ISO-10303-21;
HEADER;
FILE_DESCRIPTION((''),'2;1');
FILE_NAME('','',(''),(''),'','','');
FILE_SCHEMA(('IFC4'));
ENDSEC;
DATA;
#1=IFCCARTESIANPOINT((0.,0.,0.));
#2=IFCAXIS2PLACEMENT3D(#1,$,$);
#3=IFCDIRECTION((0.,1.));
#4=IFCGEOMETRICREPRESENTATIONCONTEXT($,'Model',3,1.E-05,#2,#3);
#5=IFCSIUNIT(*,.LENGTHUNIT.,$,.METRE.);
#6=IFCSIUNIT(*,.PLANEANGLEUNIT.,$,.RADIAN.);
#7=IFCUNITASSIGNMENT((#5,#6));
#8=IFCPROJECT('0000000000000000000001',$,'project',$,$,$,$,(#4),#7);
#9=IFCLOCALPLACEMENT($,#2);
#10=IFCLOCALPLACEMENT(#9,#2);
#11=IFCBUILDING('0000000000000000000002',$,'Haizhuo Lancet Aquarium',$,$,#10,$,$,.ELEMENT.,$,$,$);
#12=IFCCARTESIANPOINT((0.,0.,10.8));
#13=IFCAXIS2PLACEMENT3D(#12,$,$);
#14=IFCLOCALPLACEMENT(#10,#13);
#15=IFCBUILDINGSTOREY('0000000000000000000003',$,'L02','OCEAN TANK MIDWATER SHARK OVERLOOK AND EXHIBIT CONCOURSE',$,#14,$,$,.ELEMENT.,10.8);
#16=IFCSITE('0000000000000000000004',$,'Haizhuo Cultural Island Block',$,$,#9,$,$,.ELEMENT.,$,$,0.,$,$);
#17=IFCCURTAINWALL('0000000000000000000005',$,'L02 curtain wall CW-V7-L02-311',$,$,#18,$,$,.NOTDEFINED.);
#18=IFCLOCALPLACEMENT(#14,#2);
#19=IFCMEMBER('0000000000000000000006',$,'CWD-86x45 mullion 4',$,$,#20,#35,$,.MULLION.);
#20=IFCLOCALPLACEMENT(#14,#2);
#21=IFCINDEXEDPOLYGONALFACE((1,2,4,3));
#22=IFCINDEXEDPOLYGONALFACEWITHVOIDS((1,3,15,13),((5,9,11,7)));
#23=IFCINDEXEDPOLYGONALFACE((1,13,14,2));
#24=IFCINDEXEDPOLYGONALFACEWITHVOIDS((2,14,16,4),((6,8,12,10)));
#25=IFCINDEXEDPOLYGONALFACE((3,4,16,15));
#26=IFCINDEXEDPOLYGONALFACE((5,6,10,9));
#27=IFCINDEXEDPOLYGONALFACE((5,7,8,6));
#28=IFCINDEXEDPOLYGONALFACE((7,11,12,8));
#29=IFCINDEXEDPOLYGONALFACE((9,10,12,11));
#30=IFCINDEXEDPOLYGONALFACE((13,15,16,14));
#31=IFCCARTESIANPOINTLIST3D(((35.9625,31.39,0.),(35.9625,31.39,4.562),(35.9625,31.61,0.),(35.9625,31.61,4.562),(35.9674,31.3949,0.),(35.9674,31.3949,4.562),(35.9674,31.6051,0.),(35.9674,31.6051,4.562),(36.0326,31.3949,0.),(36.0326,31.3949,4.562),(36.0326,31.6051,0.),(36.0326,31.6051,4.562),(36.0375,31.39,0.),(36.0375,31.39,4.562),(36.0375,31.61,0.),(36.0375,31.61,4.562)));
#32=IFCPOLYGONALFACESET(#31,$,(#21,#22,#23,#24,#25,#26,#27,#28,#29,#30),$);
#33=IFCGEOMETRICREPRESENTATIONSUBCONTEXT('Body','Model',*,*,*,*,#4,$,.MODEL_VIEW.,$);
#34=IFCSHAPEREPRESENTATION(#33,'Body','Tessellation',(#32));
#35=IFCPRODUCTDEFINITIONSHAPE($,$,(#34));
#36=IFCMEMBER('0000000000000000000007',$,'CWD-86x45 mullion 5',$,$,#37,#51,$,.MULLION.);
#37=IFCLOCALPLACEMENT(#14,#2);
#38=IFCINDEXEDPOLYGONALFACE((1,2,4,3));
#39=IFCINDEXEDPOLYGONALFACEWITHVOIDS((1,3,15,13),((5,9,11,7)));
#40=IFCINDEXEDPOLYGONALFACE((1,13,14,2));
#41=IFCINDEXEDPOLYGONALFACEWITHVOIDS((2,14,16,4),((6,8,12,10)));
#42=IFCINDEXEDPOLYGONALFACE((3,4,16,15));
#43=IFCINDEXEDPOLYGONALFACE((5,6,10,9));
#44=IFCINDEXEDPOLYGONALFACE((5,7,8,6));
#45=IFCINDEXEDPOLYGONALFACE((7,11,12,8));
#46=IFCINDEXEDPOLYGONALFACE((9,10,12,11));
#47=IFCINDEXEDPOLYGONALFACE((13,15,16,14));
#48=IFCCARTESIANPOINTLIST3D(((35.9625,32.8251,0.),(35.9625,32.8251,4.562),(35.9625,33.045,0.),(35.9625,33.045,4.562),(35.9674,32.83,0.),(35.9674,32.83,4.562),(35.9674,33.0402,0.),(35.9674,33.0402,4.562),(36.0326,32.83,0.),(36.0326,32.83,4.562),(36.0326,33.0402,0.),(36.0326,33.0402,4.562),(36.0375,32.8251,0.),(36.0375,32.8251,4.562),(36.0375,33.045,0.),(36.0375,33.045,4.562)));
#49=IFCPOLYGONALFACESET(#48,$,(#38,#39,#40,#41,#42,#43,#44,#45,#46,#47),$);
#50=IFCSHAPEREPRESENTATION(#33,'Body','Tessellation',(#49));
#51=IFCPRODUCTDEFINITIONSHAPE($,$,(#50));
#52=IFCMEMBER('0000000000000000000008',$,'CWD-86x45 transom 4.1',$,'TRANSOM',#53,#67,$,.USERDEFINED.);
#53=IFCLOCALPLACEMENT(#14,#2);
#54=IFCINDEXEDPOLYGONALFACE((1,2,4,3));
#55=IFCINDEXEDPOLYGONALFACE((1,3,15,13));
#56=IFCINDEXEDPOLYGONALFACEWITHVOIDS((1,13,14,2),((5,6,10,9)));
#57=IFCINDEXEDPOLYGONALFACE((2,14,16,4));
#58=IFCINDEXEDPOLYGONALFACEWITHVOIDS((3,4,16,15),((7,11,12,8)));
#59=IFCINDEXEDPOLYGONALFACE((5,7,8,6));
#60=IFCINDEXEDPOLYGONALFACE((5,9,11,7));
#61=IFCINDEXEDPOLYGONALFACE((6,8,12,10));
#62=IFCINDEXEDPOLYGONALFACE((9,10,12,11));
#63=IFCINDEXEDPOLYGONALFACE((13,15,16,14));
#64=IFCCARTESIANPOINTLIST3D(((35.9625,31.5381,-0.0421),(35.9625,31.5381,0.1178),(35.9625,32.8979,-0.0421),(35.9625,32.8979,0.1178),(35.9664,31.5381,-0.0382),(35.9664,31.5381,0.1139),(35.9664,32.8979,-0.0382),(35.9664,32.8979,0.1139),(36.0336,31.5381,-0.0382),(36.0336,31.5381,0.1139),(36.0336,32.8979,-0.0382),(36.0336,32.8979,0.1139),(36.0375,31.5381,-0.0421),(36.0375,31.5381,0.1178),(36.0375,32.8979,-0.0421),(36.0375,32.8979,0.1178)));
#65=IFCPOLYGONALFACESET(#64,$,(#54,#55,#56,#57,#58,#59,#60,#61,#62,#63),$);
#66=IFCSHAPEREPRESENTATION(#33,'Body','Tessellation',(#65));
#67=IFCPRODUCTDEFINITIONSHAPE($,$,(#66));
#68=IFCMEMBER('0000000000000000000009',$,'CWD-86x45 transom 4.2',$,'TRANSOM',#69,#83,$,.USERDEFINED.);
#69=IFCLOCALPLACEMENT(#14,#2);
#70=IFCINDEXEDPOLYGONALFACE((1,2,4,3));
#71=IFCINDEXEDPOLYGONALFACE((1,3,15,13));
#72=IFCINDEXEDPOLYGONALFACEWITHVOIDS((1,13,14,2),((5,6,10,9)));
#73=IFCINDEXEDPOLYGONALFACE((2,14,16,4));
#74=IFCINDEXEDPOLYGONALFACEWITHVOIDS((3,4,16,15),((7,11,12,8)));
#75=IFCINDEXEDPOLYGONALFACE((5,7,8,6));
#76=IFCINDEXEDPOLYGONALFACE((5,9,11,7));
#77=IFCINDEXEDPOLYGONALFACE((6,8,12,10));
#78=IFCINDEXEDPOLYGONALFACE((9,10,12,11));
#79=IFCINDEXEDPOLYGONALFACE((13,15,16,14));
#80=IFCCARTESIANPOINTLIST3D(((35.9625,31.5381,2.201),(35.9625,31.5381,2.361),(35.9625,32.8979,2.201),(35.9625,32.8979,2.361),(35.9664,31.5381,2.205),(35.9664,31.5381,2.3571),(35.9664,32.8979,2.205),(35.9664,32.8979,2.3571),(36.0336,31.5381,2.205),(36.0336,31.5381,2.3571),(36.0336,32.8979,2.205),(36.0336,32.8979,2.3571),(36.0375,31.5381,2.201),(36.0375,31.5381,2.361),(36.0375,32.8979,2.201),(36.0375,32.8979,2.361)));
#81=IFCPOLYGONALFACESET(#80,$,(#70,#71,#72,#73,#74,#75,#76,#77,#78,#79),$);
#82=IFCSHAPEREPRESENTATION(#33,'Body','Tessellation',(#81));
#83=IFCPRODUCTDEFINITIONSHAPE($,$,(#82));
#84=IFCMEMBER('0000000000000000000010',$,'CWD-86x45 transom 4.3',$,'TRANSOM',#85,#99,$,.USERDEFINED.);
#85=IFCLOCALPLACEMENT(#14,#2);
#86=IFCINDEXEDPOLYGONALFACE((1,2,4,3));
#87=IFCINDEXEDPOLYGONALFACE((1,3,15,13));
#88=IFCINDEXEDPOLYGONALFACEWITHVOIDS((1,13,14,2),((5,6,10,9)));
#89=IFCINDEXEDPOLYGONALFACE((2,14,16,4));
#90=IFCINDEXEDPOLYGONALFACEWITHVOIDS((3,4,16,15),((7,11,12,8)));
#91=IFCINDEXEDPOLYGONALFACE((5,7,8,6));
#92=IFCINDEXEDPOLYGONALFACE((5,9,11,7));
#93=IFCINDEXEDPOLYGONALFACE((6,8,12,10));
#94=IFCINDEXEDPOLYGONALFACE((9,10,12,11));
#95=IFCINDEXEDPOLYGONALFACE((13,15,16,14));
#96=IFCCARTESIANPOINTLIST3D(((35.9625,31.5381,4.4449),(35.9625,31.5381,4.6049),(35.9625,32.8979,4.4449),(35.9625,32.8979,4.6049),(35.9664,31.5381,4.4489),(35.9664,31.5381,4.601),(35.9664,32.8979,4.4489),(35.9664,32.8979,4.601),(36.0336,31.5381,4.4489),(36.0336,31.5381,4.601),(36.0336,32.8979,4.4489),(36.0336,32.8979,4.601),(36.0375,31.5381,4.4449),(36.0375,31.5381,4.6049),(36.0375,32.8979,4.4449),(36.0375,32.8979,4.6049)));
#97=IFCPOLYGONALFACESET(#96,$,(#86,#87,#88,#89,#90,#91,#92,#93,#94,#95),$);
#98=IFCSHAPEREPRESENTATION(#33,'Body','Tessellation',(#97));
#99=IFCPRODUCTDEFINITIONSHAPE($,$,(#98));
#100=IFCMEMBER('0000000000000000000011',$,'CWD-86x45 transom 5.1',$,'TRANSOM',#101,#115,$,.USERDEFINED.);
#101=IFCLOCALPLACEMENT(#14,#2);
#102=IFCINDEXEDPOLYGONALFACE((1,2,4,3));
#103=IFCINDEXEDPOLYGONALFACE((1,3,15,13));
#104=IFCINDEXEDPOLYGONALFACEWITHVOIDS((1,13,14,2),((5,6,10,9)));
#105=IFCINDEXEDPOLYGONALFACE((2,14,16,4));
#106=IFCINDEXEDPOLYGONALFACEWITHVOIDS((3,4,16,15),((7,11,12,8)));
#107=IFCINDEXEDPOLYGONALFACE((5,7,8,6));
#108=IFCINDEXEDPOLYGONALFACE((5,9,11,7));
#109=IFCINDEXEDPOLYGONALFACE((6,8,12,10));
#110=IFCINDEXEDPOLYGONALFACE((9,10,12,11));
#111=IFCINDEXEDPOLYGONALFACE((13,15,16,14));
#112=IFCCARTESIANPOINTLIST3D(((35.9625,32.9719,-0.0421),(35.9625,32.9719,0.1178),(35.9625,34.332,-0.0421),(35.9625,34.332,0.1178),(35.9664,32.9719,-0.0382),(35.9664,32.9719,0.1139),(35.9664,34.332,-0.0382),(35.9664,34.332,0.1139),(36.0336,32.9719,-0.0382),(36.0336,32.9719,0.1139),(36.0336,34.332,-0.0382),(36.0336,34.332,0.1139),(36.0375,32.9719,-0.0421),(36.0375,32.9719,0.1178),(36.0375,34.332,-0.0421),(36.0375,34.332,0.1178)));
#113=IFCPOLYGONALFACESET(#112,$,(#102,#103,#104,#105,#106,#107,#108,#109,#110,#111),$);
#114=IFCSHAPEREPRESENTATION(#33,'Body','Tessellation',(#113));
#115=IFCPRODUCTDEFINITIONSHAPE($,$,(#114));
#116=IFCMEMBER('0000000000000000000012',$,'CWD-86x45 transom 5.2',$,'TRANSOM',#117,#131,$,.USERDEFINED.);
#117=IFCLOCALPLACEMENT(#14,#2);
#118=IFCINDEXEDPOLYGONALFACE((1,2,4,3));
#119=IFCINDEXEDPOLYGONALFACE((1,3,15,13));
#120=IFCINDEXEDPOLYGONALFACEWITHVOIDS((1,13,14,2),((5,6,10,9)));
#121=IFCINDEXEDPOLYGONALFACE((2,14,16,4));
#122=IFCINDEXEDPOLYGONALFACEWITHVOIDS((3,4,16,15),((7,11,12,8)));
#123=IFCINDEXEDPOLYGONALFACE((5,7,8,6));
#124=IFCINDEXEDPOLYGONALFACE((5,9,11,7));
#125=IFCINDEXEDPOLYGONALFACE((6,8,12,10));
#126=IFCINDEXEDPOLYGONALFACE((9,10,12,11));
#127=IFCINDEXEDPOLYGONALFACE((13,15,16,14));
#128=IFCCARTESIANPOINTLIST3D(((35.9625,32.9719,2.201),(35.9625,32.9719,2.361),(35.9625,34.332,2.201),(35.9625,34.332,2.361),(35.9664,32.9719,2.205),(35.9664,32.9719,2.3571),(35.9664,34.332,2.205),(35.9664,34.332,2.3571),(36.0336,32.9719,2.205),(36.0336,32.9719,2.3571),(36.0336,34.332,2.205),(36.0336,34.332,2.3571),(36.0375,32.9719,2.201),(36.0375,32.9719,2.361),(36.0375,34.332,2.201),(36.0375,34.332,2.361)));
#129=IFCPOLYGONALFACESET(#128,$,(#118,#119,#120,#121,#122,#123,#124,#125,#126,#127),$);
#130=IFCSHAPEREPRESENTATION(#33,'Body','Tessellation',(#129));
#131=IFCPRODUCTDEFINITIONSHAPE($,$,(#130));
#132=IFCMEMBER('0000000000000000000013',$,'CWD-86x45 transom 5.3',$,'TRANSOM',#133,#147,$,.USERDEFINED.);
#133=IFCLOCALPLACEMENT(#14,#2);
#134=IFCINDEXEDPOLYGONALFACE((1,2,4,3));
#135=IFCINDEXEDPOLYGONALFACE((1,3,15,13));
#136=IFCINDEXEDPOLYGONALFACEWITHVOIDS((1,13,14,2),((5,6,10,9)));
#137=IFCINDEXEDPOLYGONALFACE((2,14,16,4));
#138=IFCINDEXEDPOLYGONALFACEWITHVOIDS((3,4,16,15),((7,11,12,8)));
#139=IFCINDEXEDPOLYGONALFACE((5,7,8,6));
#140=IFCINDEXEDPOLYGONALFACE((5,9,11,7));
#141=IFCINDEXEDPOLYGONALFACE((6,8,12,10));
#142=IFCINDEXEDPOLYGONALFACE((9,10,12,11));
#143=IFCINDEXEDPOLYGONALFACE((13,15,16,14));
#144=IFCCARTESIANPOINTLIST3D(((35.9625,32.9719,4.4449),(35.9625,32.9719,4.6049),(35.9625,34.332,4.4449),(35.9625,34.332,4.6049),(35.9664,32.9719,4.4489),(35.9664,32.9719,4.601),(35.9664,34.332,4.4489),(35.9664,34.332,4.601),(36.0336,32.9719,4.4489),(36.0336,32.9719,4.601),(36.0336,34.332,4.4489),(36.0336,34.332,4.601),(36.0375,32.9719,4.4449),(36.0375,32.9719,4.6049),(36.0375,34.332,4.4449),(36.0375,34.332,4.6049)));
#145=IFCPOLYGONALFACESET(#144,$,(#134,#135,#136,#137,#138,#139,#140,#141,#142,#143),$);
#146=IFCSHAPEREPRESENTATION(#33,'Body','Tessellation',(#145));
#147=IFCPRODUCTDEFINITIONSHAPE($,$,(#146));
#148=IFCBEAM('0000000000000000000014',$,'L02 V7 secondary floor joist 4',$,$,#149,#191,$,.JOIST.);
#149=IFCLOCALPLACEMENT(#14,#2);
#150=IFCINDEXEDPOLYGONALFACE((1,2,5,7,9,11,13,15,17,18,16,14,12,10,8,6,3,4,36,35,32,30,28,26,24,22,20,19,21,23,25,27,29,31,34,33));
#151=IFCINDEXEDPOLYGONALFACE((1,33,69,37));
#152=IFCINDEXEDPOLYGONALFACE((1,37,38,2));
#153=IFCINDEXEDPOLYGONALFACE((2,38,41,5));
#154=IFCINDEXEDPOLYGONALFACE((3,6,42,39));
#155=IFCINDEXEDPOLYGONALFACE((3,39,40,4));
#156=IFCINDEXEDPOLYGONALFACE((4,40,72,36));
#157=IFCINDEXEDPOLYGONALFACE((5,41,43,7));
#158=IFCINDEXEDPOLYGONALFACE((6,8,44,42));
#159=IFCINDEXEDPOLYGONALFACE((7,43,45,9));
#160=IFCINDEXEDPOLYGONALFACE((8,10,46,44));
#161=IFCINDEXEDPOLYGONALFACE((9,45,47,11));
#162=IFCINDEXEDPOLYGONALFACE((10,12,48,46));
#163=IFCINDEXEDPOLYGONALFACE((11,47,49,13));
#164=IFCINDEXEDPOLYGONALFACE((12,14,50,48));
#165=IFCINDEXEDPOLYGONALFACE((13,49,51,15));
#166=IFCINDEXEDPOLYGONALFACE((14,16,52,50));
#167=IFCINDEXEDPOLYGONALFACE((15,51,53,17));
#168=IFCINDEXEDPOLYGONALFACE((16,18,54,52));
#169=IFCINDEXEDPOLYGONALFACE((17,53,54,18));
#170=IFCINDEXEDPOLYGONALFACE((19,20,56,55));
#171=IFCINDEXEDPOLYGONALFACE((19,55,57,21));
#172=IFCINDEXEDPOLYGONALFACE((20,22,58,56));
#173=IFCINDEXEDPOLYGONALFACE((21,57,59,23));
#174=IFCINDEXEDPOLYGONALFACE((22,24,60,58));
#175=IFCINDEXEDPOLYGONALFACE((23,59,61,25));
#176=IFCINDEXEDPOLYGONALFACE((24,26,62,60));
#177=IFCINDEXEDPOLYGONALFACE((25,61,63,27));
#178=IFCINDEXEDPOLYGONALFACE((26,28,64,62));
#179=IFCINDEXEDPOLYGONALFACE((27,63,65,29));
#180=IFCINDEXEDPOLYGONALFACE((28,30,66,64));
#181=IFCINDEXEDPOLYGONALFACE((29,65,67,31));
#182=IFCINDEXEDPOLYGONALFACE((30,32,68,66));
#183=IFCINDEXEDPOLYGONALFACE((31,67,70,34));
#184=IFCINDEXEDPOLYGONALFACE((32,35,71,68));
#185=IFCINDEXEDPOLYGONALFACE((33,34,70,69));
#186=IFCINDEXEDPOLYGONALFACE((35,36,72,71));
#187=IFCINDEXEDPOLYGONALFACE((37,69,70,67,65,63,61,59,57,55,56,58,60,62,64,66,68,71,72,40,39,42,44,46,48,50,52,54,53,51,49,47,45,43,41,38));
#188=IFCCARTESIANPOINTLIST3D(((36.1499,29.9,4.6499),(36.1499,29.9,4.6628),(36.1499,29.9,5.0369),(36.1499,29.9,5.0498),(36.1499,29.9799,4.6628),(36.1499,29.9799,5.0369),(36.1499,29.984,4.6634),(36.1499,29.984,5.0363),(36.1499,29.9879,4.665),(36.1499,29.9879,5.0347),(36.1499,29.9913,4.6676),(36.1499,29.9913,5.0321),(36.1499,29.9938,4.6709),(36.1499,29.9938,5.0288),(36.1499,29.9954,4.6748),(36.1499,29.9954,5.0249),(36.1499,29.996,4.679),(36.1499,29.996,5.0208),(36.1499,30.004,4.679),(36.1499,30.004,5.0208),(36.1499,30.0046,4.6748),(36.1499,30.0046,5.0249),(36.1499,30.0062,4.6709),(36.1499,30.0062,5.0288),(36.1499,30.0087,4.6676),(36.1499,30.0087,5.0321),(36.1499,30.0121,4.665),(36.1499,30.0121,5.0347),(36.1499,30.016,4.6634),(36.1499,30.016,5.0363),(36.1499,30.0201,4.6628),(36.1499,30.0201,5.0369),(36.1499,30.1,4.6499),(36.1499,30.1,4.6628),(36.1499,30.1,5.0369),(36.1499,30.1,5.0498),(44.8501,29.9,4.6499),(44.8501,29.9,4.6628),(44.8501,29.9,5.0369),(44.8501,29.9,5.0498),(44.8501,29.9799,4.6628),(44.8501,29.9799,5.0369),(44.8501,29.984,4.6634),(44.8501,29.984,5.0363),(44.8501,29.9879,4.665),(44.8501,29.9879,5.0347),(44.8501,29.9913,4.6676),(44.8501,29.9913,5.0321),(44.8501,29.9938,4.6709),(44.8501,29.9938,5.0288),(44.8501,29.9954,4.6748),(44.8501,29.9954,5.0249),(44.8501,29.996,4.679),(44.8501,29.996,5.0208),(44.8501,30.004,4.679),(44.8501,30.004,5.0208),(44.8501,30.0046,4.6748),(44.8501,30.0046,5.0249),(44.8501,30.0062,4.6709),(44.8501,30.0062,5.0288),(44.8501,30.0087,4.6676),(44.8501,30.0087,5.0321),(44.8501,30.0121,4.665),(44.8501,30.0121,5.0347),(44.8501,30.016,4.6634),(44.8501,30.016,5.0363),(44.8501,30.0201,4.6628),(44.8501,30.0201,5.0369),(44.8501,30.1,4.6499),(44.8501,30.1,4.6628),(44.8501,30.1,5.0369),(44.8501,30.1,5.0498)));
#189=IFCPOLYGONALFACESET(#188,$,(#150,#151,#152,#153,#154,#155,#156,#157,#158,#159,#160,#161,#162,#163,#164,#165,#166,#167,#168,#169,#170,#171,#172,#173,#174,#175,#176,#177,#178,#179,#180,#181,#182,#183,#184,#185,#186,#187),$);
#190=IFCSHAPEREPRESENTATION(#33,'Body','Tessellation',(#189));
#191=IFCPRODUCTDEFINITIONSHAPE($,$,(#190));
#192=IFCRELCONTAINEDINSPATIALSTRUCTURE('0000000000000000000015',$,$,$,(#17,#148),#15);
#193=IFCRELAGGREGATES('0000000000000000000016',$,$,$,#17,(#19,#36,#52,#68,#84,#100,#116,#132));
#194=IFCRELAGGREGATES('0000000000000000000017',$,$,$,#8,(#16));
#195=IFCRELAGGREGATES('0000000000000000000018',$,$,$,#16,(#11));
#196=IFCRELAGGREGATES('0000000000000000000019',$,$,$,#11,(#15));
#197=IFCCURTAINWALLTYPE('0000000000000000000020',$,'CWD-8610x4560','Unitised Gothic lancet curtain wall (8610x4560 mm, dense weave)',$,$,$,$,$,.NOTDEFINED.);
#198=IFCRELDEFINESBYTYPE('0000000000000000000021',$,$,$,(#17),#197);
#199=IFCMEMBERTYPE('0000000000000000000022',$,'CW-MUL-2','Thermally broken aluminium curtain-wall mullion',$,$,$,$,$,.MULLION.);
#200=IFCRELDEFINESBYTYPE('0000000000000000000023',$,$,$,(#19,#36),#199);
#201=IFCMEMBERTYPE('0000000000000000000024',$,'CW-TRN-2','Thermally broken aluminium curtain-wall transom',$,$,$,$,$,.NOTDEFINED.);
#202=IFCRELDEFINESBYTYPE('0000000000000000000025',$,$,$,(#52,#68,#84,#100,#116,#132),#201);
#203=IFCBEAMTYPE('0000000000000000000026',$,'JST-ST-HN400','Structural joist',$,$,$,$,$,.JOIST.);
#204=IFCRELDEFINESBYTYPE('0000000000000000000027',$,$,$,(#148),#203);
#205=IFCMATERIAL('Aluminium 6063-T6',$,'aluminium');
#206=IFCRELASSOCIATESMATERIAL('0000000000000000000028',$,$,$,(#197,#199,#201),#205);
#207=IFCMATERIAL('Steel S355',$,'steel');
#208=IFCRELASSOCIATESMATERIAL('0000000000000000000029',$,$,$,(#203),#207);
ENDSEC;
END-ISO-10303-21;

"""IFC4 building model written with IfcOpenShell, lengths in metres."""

from ifc_helpers import new_model, si_unit, direction, frame, origin, origin_2d, place, context, subcontext, project, spatial, hollow_rectangle, i_section, extrude, material, material_profile, profile_set, type_object, element, aggregate, save


model = new_model("IFC4")

# Units and contexts
model_context = context("Model", 3, precision=1e-05, world=origin(), true_north=direction((0.0, 1.0)))
body_context = subcontext(model_context, "Body", "Model", "MODEL_VIEW")
ifc_project = project(units=[si_unit("LENGTHUNIT", "METRE"), si_unit("PLANEANGLEUNIT", "RADIAN")], contexts=[model_context])

# Site, building, storey
site_placement = place(None, origin())
site = spatial("IfcSite", under=ifc_project, at=site_placement, Name="Haizhuo Cultural Island Block", CompositionType="ELEMENT", RefElevation=0.0)
building_placement = place(site_placement, origin())
building = spatial("IfcBuilding", under=site, at=building_placement, Name="Haizhuo Lancet Aquarium", CompositionType="ELEMENT")
storey_placement = place(building_placement, frame((0.0, 0.0, 10.8)))
storey = spatial("IfcBuildingStorey", under=building, at=storey_placement, Name="L02", Description="OCEAN TANK MIDWATER SHARK OVERLOOK AND EXHIBIT CONCOURSE", CompositionType="ELEMENT", Elevation=10.8)

# Curtain wall, members
ifc_material_1 = material(Name="Aluminium 6063-T6", Category="aluminium")
curtain_wall_type = type_object("IfcCurtainWallType", Name="CWD-8610x4560", Description="Unitised Gothic lancet curtain wall (8610x4560 mm, dense weave)", PredefinedType="NOTDEFINED", material=ifc_material_1)
curtain_wall_placement = place(storey_placement, origin())
curtain_wall = element("IfcCurtainWall", 1, at=curtain_wall_placement, inside=storey, type_object=curtain_wall_type, Name="L02 curtain wall CW-V7-L02-311", PredefinedType="NOTDEFINED")
ifc_material_profile_1 = material_profile(ifc_material_1, hollow_rectangle(XDim=0.075, YDim=0.22, WallThickness=0.0049, at=origin_2d()), Name="ALU-M 75x220x5")
ifc_profile_set_1 = profile_set([ifc_material_profile_1], Name="Aluminium 6063-T6")
member_type_1 = type_object("IfcMemberType", Name="CW-MUL-2", Description="Thermally broken aluminium curtain-wall mullion", PredefinedType="MULLION", material=ifc_profile_set_1)
member_1_placement = place(storey_placement, frame((36.0, 31.5, 0.0), z_axis=(0.0, 0.0, 1.0), x_axis=(-1.0, 0.0, 0.0)))
member_1 = element("IfcMember", 2, at=member_1_placement, type_object=member_type_1, Name="CWD-86x45 mullion 4", PredefinedType="MULLION", context=body_context, shape_type="SweptSolid", body=[
    extrude(hollow_rectangle(XDim=0.075, YDim=0.22, WallThickness=0.0049, at=origin_2d()), origin(), (0.0, 0.0, 1.0), 4.562),
])
member_2_placement = place(storey_placement, frame((36.0, 32.9351, 0.0), z_axis=(0.0, 0.0, 1.0), x_axis=(-1.0, 0.0, 0.0)))
member_2 = element("IfcMember", 3, at=member_2_placement, type_object=member_type_1, Name="CWD-86x45 mullion 5", PredefinedType="MULLION", context=body_context, shape_type="SweptSolid", body=[
    extrude(hollow_rectangle(XDim=0.075, YDim=0.22, WallThickness=0.0049, at=origin_2d()), origin(), (0.0, 0.0, 1.0), 4.562),
])
ifc_material_profile_2 = material_profile(ifc_material_1, hollow_rectangle(XDim=0.075, YDim=0.1599, WallThickness=0.0039, at=origin_2d()), Name="ALU-T 75x160x4")
ifc_profile_set_2 = profile_set([ifc_material_profile_2], Name="Aluminium 6063-T6")
member_type_2 = type_object("IfcMemberType", Name="CW-TRN-2", Description="Thermally broken aluminium curtain-wall transom", PredefinedType="NOTDEFINED", material=ifc_profile_set_2)
member_3_placement = place(storey_placement, frame((36.0, 31.5381, 0.0378), z_axis=(0.0, 1.0, 0.0), x_axis=(-1.0, 0.0, 0.0)))
member_3 = element("IfcMember", 4, at=member_3_placement, type_object=member_type_2, Name="CWD-86x45 transom 4.1", ObjectType="TRANSOM", PredefinedType="USERDEFINED", context=body_context, shape_type="SweptSolid", body=[
    extrude(hollow_rectangle(XDim=0.075, YDim=0.1599, WallThickness=0.0039, at=origin_2d()), origin(), (0.0, 0.0, 1.0), 1.3599),
])
member_4_placement = place(storey_placement, frame((36.0, 31.5381, 2.281), z_axis=(0.0, 1.0, 0.0), x_axis=(-1.0, 0.0, 0.0)))
member_4 = element("IfcMember", 5, at=member_4_placement, type_object=member_type_2, Name="CWD-86x45 transom 4.2", ObjectType="TRANSOM", PredefinedType="USERDEFINED", context=body_context, shape_type="SweptSolid", body=[
    extrude(hollow_rectangle(XDim=0.075, YDim=0.1599, WallThickness=0.0039, at=origin_2d()), origin(), (0.0, 0.0, 1.0), 1.3599),
])
member_5_placement = place(storey_placement, frame((36.0, 31.5381, 4.5249), z_axis=(0.0, 1.0, 0.0), x_axis=(-1.0, 0.0, 0.0)))
member_5 = element("IfcMember", 6, at=member_5_placement, type_object=member_type_2, Name="CWD-86x45 transom 4.3", ObjectType="TRANSOM", PredefinedType="USERDEFINED", context=body_context, shape_type="SweptSolid", body=[
    extrude(hollow_rectangle(XDim=0.075, YDim=0.1599, WallThickness=0.0039, at=origin_2d()), origin(), (0.0, 0.0, 1.0), 1.3599),
])
member_6_placement = place(storey_placement, frame((36.0, 32.9719, 0.0378), z_axis=(0.0, 1.0, 0.0), x_axis=(-1.0, 0.0, 0.0)))
member_6 = element("IfcMember", 7, at=member_6_placement, type_object=member_type_2, Name="CWD-86x45 transom 5.1", ObjectType="TRANSOM", PredefinedType="USERDEFINED", context=body_context, shape_type="SweptSolid", body=[
    extrude(hollow_rectangle(XDim=0.075, YDim=0.1599, WallThickness=0.0039, at=origin_2d()), origin(), (0.0, 0.0, 1.0), 1.3601),
])
member_7_placement = place(storey_placement, frame((36.0, 32.9719, 2.281), z_axis=(0.0, 1.0, 0.0), x_axis=(-1.0, 0.0, 0.0)))
member_7 = element("IfcMember", 8, at=member_7_placement, type_object=member_type_2, Name="CWD-86x45 transom 5.2", ObjectType="TRANSOM", PredefinedType="USERDEFINED", context=body_context, shape_type="SweptSolid", body=[
    extrude(hollow_rectangle(XDim=0.075, YDim=0.1599, WallThickness=0.0039, at=origin_2d()), origin(), (0.0, 0.0, 1.0), 1.3601),
])
member_8_placement = place(storey_placement, frame((36.0, 32.9719, 4.5249), z_axis=(0.0, 1.0, 0.0), x_axis=(-1.0, 0.0, 0.0)))
member_8 = element("IfcMember", 9, at=member_8_placement, type_object=member_type_2, Name="CWD-86x45 transom 5.3", ObjectType="TRANSOM", PredefinedType="USERDEFINED", context=body_context, shape_type="SweptSolid", body=[
    extrude(hollow_rectangle(XDim=0.075, YDim=0.1599, WallThickness=0.0039, at=origin_2d()), origin(), (0.0, 0.0, 1.0), 1.3601),
])

# Beam
ifc_material_2 = material(Name="Steel S355", Category="steel")
ifc_material_profile_3 = material_profile(ifc_material_2, i_section(OverallWidth=0.2, OverallDepth=0.3999, WebThickness=0.0081, FlangeThickness=0.0129, FilletRadius=0.0161, at=origin_2d()), Name="HN 400x200x8x13")
ifc_profile_set_3 = profile_set([ifc_material_profile_3], Name="Steel S355")
beam_type = type_object("IfcBeamType", Name="JST-ST-HN400", Description="Structural joist", PredefinedType="JOIST", material=ifc_profile_set_3)
beam_placement = place(storey_placement, frame((36.1499, 30.0, 4.8499), z_axis=(1.0, 0.0, 0.0), x_axis=(0.0, 1.0, 0.0)))
element("IfcBeam", 10, at=beam_placement, inside=storey, type_object=beam_type, Name="L02 V7 secondary floor joist 4", PredefinedType="JOIST", context=body_context, shape_type="SweptSolid", body=[
    extrude(i_section(OverallWidth=0.2, OverallDepth=0.3999, WebThickness=0.0081, FlangeThickness=0.0129, FilletRadius=0.0161, at=origin_2d()), origin(), (0.0, 0.0, 1.0), 8.7002),
])

aggregate(curtain_wall, [member_1, member_2, member_3, member_4, member_5, member_6, member_7, member_8])

save(model, "model.ifc")
